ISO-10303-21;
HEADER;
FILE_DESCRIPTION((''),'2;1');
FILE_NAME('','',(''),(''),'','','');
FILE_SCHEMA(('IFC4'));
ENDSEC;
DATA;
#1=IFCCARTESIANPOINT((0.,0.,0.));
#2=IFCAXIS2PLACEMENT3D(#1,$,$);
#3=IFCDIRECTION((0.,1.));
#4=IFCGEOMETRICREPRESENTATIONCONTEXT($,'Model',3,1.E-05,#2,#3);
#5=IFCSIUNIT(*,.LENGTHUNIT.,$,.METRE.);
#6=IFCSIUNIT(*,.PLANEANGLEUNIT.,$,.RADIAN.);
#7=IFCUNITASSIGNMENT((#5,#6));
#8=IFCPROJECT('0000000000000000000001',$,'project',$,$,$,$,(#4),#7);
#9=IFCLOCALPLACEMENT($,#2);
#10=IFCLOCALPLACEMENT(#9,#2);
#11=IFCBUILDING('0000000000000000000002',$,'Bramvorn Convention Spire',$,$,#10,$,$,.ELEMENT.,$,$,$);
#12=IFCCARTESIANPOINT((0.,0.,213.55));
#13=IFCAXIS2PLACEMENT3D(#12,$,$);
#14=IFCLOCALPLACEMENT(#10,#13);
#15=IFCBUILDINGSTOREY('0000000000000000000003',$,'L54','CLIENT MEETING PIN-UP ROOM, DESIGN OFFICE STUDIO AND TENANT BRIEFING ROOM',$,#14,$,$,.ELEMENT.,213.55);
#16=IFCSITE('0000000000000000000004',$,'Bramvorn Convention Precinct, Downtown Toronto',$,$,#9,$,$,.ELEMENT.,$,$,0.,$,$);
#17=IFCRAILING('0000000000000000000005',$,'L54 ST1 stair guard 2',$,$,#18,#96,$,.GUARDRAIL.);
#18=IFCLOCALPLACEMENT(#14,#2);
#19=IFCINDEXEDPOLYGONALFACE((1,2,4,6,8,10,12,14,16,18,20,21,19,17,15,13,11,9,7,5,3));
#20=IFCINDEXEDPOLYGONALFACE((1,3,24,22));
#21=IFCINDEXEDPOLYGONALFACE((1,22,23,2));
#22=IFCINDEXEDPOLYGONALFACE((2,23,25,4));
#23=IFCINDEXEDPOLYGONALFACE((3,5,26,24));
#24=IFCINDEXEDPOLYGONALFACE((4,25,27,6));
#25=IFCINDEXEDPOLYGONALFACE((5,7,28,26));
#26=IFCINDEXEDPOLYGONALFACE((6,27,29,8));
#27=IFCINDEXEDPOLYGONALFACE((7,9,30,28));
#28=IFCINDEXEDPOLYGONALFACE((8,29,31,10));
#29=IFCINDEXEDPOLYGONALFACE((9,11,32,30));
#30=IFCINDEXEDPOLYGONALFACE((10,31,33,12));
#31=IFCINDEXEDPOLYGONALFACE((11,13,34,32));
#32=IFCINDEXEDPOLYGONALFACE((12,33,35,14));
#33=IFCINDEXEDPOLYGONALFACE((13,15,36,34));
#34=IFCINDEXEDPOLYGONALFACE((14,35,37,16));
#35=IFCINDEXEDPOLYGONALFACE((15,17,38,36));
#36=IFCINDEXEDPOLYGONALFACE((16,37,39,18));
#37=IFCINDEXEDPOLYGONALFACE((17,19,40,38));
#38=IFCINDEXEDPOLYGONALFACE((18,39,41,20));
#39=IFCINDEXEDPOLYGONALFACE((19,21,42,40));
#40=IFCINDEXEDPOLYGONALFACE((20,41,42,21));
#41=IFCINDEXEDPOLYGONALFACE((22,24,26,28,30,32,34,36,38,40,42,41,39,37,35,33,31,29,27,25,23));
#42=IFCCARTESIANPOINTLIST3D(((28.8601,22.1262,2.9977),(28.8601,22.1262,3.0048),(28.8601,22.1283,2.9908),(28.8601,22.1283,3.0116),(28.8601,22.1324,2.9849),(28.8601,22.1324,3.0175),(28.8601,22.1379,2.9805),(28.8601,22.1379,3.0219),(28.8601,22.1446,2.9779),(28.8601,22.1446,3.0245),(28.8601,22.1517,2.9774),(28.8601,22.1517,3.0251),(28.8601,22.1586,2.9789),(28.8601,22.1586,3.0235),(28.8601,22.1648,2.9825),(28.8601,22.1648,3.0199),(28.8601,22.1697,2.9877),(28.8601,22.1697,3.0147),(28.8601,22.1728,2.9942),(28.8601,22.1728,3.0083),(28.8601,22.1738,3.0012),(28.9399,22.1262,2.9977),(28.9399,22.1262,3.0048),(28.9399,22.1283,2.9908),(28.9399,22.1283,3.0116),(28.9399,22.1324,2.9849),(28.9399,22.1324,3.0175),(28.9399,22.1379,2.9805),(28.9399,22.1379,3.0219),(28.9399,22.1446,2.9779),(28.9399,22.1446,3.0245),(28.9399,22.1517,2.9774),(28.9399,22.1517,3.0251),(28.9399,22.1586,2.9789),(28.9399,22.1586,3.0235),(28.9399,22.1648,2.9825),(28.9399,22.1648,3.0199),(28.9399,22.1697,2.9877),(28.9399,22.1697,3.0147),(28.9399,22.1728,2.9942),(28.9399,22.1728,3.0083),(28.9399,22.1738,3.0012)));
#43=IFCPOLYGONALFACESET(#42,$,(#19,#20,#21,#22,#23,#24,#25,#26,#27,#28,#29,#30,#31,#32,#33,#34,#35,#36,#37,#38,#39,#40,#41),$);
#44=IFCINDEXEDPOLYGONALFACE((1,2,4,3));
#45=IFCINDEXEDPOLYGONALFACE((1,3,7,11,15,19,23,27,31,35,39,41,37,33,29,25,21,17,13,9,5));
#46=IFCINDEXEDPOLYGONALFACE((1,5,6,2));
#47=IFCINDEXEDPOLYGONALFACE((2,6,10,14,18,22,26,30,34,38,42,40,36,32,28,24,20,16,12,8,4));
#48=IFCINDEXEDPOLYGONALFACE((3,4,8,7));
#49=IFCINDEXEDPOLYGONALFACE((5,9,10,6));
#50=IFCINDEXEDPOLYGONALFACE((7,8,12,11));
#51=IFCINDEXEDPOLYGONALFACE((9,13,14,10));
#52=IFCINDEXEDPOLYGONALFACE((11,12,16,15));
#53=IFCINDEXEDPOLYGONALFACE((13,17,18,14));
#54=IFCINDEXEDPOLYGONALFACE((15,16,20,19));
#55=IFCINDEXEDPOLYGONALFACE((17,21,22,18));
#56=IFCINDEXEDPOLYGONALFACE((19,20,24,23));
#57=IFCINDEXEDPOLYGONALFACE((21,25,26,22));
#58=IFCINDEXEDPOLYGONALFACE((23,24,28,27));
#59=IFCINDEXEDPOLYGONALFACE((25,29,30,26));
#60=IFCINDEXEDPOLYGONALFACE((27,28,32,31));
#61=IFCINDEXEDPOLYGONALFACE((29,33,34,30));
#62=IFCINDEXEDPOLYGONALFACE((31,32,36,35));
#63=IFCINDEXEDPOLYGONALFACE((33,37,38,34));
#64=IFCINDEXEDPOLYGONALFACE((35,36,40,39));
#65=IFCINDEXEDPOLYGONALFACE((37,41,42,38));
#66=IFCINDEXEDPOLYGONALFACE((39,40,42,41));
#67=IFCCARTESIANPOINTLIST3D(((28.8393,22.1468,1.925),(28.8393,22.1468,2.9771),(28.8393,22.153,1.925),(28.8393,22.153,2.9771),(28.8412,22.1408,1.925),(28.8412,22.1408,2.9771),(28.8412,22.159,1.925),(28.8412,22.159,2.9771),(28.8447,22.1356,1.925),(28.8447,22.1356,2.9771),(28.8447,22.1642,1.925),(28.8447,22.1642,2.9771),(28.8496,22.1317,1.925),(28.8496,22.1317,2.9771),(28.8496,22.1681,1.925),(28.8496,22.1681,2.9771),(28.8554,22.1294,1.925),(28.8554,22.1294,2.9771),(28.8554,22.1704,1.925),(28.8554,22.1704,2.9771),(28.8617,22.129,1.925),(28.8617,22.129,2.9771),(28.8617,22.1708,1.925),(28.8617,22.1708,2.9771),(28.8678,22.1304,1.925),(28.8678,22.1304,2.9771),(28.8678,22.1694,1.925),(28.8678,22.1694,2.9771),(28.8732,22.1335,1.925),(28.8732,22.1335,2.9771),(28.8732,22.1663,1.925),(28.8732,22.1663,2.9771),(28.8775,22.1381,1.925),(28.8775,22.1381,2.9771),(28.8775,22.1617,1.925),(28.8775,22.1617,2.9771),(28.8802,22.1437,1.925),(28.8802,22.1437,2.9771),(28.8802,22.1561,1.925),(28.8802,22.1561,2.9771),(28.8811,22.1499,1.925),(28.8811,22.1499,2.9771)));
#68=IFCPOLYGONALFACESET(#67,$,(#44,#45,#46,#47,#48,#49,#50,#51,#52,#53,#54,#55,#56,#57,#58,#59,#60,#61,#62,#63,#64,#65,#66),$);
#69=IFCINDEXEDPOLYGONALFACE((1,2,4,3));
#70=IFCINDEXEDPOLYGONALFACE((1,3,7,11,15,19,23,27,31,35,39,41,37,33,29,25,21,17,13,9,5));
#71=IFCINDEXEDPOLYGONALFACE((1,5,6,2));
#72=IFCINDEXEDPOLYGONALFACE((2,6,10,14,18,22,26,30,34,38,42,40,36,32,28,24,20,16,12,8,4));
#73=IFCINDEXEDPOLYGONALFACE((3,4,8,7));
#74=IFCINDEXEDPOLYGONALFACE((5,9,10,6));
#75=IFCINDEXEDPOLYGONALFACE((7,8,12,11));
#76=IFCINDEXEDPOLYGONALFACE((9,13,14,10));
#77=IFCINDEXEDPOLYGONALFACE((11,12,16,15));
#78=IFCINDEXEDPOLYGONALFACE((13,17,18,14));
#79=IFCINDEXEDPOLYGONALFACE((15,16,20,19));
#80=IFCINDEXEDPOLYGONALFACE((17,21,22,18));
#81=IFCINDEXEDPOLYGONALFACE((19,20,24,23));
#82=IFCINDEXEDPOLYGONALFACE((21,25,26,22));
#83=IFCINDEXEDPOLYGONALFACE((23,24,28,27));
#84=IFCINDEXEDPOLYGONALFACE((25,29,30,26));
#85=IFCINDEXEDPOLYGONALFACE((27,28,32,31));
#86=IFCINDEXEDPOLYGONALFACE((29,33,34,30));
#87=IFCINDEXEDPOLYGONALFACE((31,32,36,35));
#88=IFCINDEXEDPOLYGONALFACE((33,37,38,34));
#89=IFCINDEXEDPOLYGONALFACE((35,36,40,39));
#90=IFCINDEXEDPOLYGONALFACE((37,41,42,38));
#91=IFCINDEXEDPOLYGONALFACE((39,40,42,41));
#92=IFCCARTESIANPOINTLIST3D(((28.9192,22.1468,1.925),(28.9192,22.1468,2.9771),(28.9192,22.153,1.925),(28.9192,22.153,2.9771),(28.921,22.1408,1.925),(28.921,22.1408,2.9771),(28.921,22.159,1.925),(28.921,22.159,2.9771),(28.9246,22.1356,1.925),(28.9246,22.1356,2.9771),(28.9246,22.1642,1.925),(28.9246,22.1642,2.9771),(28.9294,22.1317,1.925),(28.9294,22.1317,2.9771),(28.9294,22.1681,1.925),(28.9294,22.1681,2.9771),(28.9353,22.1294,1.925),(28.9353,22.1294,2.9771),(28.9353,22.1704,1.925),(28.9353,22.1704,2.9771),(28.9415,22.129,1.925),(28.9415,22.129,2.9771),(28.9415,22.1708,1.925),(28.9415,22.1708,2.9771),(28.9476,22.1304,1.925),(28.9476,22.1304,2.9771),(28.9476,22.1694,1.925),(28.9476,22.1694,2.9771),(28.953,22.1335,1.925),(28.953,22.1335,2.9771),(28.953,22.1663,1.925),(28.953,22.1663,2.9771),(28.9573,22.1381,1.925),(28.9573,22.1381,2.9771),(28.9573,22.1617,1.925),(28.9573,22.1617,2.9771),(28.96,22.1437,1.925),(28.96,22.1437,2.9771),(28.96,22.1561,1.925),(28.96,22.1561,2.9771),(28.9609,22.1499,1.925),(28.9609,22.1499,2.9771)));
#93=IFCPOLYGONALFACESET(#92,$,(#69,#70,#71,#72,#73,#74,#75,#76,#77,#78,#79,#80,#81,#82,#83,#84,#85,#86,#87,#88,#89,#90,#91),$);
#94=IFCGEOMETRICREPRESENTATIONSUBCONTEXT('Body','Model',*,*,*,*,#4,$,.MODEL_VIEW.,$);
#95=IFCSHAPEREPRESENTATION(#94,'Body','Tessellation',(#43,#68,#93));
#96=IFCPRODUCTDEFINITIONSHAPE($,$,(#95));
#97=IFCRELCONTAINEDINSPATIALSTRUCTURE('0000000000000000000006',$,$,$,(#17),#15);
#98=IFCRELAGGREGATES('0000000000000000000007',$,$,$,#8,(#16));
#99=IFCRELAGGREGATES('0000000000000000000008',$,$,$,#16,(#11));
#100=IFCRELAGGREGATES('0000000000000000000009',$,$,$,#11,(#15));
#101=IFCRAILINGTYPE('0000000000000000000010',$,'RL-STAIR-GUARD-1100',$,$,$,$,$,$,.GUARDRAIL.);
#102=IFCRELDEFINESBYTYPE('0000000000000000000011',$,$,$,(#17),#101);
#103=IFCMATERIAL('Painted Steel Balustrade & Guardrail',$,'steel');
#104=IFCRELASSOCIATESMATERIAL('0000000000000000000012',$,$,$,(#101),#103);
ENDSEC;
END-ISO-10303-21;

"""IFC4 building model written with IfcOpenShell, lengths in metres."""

from ifc_helpers import new_model, si_unit, direction, frame, origin, origin_2d, place, context, subcontext, project, spatial, circle, extrude, material, type_object, element, save


model = new_model("IFC4")

# Units and contexts
model_context = context("Model", 3, precision=1e-05, world=origin(), true_north=direction((0.0, 1.0)))
body_context = subcontext(model_context, "Body", "Model", "MODEL_VIEW")
ifc_project = project(units=[si_unit("LENGTHUNIT", "METRE"), si_unit("PLANEANGLEUNIT", "RADIAN")], contexts=[model_context])

# Site, building, storey
site_placement = place(None, origin())
site = spatial("IfcSite", under=ifc_project, at=site_placement, Name="Bramvorn Convention Precinct, Downtown Toronto", CompositionType="ELEMENT", RefElevation=0.0)
building_placement = place(site_placement, origin())
building = spatial("IfcBuilding", under=site, at=building_placement, Name="Bramvorn Convention Spire", CompositionType="ELEMENT")
storey_placement = place(building_placement, frame((0.0, 0.0, 213.55)))
storey = spatial("IfcBuildingStorey", under=building, at=storey_placement, Name="L54", Description="CLIENT MEETING PIN-UP ROOM, DESIGN OFFICE STUDIO AND TENANT BRIEFING ROOM", CompositionType="ELEMENT", Elevation=213.55)

# Railing
ifc_material_1 = material(Name="Painted Steel Balustrade & Guardrail", Category="steel")
railing_type_1 = type_object("IfcRailingType", Name="RL-STAIR-GUARD-1100", PredefinedType="GUARDRAIL", material=ifc_material_1)
railing_1_placement = place(storey_placement, frame((28.8601, 22.1499, 1.925)))
element("IfcRailing", 1, at=railing_1_placement, inside=storey, type_object=railing_type_1, Name="L54 ST1 stair guard 2", PredefinedType="GUARDRAIL", context=body_context, shape_type="SweptSolid", body=[
    extrude(circle(Radius=0.0239, at=origin_2d()), frame((0.0, 0.0, 1.0762), z_axis=(1.0, 0.0, 0.0), x_axis=(0.0, 1.0, 0.0)), (0.0, 0.0, 1.0), 0.0798),
    extrude(circle(Radius=0.021, at=origin_2d()), origin(), (0.0, 0.0, 1.0), 1.052),
    extrude(circle(Radius=0.021, at=origin_2d()), frame((0.0798, 0.0, 0.0)), (0.0, 0.0, 1.0), 1.052),
])

save(model, "model.ifc")
